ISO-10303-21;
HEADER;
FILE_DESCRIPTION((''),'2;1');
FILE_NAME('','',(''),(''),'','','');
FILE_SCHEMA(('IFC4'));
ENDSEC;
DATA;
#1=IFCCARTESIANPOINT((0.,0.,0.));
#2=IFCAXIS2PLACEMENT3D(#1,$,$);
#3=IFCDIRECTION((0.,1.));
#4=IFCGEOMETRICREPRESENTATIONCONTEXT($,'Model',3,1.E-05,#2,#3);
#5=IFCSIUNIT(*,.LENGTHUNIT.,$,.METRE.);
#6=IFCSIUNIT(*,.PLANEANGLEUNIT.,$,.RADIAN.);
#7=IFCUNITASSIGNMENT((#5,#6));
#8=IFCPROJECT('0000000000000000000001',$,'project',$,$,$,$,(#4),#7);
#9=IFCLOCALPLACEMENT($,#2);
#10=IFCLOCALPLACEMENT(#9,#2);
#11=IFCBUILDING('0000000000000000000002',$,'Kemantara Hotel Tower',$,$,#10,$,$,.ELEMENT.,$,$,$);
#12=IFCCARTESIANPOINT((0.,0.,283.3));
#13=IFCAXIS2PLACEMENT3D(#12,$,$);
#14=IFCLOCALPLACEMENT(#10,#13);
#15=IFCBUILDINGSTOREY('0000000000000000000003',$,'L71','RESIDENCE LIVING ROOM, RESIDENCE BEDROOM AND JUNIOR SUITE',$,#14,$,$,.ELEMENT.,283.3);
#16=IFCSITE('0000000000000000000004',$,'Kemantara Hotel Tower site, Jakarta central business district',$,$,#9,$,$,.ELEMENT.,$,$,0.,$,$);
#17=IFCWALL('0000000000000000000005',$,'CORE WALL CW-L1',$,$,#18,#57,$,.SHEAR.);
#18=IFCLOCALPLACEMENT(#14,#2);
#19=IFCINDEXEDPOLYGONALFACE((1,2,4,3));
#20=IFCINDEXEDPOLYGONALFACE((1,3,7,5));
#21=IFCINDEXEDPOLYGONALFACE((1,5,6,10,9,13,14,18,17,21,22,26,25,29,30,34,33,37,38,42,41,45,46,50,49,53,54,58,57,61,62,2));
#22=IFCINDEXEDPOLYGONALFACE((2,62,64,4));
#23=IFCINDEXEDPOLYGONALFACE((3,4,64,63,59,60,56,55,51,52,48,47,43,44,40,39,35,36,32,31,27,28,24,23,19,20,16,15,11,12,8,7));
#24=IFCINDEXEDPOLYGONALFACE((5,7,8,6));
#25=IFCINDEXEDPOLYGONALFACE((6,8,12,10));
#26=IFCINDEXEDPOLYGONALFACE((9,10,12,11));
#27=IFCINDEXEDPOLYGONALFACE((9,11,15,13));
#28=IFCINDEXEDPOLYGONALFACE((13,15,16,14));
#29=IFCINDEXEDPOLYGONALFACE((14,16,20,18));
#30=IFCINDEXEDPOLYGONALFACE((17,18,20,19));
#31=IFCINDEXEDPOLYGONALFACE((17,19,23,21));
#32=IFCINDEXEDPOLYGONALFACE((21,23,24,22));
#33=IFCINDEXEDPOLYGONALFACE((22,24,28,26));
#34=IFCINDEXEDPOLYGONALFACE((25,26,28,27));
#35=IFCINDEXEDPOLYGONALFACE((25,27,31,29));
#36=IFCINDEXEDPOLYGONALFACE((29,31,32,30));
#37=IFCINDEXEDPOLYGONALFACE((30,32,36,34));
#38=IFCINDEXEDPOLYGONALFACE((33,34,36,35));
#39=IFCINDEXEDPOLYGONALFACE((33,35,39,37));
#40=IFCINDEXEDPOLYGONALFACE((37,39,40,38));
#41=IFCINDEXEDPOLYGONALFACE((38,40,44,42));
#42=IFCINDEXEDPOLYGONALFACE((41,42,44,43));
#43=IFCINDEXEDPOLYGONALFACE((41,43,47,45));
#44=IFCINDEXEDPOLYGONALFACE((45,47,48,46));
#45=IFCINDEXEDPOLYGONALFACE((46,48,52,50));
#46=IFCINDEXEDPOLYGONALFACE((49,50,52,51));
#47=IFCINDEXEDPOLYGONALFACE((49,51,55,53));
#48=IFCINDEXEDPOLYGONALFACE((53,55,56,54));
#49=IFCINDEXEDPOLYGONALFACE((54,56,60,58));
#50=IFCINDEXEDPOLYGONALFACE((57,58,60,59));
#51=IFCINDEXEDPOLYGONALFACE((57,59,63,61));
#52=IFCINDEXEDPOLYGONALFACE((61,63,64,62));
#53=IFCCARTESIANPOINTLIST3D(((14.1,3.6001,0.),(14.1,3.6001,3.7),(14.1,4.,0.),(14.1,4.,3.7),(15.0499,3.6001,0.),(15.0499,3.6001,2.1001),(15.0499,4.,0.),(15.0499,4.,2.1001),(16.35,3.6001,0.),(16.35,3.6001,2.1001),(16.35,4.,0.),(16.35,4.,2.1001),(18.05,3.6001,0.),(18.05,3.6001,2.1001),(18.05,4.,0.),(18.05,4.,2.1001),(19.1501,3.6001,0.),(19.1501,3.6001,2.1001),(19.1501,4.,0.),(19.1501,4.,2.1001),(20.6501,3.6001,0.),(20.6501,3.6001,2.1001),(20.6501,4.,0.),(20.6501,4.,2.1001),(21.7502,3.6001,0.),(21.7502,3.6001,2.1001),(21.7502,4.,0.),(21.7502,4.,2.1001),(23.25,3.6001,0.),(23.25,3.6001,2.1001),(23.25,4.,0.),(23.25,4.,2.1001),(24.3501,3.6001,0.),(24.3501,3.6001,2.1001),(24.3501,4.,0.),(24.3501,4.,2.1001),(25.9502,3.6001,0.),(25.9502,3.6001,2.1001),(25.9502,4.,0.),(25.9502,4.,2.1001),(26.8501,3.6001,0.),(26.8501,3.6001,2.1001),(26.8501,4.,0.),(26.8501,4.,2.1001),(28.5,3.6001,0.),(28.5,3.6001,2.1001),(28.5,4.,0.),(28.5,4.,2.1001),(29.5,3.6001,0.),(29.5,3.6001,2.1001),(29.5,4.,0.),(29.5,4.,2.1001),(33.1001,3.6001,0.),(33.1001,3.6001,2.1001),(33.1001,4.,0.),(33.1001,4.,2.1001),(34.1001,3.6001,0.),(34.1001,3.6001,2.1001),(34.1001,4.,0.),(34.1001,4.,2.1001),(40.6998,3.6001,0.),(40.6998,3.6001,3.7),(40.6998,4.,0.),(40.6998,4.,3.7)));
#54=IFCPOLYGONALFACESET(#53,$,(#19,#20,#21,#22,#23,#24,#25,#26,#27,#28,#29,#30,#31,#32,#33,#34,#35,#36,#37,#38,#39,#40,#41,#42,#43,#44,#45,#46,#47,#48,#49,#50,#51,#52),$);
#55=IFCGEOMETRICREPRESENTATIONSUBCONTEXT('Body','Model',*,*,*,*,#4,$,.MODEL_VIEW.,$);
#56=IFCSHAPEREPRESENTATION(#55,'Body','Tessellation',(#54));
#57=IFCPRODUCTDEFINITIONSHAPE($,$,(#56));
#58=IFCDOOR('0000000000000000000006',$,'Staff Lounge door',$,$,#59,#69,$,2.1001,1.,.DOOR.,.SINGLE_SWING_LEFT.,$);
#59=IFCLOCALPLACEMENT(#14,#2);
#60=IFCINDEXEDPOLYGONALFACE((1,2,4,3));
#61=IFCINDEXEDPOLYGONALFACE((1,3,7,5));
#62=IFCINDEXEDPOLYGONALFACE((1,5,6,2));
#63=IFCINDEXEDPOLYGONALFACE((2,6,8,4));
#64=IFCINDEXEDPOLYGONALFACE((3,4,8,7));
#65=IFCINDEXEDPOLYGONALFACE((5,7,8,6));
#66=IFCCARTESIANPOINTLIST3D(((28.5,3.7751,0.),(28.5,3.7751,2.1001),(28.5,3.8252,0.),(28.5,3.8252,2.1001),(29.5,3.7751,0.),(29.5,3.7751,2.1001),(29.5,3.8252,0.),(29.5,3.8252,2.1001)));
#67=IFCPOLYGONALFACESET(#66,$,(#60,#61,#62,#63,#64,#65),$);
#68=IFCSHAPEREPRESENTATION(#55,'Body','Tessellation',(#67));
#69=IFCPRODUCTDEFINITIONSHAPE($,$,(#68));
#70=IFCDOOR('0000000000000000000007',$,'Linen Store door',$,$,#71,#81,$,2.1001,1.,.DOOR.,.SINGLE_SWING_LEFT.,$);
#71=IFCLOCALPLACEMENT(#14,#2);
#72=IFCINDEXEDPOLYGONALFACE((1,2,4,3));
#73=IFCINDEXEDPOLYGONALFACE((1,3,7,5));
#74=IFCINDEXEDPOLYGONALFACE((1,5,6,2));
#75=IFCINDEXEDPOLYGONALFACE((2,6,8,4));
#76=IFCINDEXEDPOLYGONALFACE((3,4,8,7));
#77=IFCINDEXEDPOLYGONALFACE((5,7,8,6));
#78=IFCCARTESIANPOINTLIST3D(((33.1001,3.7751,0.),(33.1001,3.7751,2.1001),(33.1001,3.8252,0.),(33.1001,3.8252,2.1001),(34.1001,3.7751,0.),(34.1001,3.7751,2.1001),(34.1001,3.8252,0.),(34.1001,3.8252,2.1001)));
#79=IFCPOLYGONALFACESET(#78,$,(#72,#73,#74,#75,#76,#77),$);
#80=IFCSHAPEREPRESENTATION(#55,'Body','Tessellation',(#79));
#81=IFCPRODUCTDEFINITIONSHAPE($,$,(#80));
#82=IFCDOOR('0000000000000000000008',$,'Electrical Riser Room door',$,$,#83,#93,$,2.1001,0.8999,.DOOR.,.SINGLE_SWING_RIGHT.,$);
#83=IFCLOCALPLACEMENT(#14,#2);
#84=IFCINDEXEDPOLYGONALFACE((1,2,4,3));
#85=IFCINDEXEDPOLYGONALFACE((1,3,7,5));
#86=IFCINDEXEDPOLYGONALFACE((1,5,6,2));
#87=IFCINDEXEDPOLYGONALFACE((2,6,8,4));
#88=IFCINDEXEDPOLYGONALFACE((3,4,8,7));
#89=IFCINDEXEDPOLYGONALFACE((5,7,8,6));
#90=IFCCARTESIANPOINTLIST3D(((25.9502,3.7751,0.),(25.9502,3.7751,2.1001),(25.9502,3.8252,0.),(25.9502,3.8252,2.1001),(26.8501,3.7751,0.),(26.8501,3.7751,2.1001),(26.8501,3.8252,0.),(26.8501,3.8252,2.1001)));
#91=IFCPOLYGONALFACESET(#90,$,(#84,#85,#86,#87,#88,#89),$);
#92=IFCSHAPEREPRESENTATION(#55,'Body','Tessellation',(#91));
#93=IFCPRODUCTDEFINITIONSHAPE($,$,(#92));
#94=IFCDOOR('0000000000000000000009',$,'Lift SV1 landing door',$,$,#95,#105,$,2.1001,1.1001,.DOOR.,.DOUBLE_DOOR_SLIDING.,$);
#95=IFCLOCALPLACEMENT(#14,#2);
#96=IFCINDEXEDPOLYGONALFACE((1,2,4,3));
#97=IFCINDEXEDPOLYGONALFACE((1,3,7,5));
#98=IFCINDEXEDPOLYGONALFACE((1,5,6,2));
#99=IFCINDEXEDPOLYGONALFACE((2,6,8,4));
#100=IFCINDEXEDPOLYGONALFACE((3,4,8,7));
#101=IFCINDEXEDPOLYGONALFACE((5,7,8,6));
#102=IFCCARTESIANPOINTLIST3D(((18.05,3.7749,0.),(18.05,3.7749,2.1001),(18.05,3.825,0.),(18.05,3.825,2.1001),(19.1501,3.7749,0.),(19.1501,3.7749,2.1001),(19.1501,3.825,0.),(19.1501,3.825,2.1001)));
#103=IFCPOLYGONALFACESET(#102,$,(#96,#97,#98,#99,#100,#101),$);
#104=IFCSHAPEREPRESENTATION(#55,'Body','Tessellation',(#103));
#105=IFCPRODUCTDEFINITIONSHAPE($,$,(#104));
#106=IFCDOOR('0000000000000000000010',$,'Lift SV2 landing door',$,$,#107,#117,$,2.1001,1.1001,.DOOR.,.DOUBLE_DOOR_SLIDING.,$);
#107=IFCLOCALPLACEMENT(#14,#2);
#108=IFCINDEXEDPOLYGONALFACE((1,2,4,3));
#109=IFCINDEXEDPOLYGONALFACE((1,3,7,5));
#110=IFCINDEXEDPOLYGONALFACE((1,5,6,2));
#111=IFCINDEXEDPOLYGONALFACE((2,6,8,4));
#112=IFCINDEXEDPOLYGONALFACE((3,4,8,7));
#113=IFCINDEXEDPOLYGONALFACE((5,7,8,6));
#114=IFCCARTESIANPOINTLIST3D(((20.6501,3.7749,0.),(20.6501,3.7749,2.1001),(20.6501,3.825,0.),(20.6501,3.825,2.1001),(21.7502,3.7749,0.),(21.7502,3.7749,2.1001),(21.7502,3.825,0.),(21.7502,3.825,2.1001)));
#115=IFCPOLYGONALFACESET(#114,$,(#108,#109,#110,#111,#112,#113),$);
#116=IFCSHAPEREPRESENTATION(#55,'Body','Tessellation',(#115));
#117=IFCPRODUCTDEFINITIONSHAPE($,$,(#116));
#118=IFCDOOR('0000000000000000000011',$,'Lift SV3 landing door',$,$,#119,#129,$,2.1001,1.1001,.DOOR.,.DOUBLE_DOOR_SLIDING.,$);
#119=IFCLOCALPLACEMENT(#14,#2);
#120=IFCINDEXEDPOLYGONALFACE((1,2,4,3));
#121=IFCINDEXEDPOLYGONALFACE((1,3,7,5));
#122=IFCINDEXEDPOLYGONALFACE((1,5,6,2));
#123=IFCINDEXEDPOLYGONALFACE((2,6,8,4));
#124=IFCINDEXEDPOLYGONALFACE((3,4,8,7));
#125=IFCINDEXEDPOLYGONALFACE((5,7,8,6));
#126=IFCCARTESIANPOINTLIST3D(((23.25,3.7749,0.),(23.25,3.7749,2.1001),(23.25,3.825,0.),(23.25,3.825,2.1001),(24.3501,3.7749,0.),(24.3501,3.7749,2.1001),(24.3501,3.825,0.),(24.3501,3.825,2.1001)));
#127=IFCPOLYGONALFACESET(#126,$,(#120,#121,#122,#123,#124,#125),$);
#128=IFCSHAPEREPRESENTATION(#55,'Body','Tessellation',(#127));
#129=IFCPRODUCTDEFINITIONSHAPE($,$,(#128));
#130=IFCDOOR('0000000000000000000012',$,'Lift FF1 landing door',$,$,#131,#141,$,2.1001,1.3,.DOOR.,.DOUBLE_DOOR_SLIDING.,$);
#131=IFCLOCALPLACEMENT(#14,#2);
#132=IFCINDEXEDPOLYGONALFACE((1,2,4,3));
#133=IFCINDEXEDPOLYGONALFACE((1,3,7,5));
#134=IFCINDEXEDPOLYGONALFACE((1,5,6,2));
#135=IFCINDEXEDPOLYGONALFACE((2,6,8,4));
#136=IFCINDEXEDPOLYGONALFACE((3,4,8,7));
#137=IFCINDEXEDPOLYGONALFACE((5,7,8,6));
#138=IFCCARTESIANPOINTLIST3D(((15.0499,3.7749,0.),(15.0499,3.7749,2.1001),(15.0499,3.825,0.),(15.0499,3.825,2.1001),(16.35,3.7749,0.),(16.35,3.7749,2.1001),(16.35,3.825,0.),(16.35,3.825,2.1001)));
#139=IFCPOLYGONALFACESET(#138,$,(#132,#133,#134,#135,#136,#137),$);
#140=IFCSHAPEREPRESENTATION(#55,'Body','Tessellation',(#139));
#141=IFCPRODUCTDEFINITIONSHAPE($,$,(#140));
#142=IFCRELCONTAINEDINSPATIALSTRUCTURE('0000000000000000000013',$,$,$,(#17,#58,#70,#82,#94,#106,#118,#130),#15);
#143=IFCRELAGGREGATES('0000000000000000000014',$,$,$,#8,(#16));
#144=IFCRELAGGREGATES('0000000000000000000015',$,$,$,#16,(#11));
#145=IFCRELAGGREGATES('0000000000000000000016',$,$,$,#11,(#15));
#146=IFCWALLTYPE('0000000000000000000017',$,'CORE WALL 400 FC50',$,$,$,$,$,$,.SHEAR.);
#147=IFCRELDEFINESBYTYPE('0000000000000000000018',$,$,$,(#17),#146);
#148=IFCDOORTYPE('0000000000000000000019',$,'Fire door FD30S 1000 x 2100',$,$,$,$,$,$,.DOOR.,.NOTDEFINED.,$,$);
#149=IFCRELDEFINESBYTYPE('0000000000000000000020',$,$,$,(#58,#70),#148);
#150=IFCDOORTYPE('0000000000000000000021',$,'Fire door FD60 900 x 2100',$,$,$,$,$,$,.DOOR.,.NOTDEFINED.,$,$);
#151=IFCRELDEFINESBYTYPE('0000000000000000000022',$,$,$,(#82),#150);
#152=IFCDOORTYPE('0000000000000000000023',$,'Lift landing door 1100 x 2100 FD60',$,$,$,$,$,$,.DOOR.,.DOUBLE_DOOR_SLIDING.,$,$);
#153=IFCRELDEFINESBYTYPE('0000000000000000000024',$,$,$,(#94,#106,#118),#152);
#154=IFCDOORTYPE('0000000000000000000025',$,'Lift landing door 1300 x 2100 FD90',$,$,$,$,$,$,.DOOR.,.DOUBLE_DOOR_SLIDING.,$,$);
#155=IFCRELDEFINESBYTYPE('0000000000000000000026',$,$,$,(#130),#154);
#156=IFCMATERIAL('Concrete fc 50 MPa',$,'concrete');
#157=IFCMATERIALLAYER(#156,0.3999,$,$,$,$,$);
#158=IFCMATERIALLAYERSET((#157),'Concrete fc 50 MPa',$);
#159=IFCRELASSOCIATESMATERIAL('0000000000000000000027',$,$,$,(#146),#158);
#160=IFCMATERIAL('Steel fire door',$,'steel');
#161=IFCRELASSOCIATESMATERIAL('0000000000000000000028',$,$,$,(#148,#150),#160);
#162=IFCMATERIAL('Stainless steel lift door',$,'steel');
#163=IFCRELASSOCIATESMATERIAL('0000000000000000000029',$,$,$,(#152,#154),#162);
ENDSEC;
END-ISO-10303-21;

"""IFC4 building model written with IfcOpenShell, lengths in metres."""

from ifc_helpers import new_model, si_unit, direction, frame, frame_2d, origin, place, context, subcontext, project, spatial, rectangle, extrude, material, layer, layer_set, type_object, element, fill, save


model = new_model("IFC4")

# Units and contexts
model_context = context("Model", 3, precision=1e-05, world=origin(), true_north=direction((0.0, 1.0)))
body_context = subcontext(model_context, "Body", "Model", "MODEL_VIEW")
ifc_project = project(units=[si_unit("LENGTHUNIT", "METRE"), si_unit("PLANEANGLEUNIT", "RADIAN")], contexts=[model_context])

# Site, building, storey
site_placement = place(None, origin())
site = spatial("IfcSite", under=ifc_project, at=site_placement, Name="Kemantara Hotel Tower site, Jakarta central business district", CompositionType="ELEMENT", RefElevation=0.0)
building_placement = place(site_placement, origin())
building = spatial("IfcBuilding", under=site, at=building_placement, Name="Kemantara Hotel Tower", CompositionType="ELEMENT")
storey_placement = place(building_placement, frame((0.0, 0.0, 283.3)))
storey = spatial("IfcBuildingStorey", under=building, at=storey_placement, Name="L71", Description="RESIDENCE LIVING ROOM, RESIDENCE BEDROOM AND JUNIOR SUITE", CompositionType="ELEMENT", Elevation=283.3)

# Shared definitions
ifc_material_1 = material(Name="Concrete fc 50 MPa", Category="concrete")

# Wall, openings, doors
ifc_layer_1 = layer(ifc_material_1, 0.3999)
ifc_layer_set_1 = layer_set([ifc_layer_1], Name="Concrete fc 50 MPa")
wall_type_1 = type_object("IfcWallType", Name="CORE WALL 400 FC50", PredefinedType="SHEAR", material=ifc_layer_set_1)
ifc_material_2 = material(Name="Steel fire door", Category="steel")
door_type_1 = type_object("IfcDoorType", Name="Fire door FD30S 1000 x 2100", OperationType="NOTDEFINED", PredefinedType="DOOR", material=ifc_material_2)
wall_1_placement = place(storey_placement, frame((14.1001, 3.8, 0.0), z_axis=(0.0, 0.0, 1.0), x_axis=(1.0, 0.0, 0.0)))
wall_1 = element("IfcWall", 1, at=wall_1_placement, inside=storey, type_object=wall_type_1, Name="CORE WALL CW-L1", PredefinedType="SHEAR", context=body_context, shape_type="SweptSolid", body=[
    extrude(rectangle(XDim=26.5999, YDim=0.3999, at=frame_2d((13.2998, 0.0))), origin(), (0.0, 0.0, 1.0), 3.7),
])
opening_1_placement = place(wall_1_placement, frame((0.95, 0.0, 0.0)))
opening_1 = element("IfcOpeningElement", 2, at=opening_1_placement, cuts=wall_1, PredefinedType="OPENING", context=body_context, shape_type="SweptSolid", body=[
    extrude(rectangle(XDim=1.3, YDim=2.1001, at=frame_2d((0.6499, 1.05))), frame((0.0, 0.21, 0.0), z_axis=(0.0, -1.0, 0.0), x_axis=(1.0, 0.0, 0.0)), (0.0, 0.0, 1.0), 0.4199),
])
opening_2_placement = place(wall_1_placement, frame((3.95, 0.0, 0.0)))
opening_2 = element("IfcOpeningElement", 3, at=opening_2_placement, cuts=wall_1, PredefinedType="OPENING", context=body_context, shape_type="SweptSolid", body=[
    extrude(rectangle(XDim=1.1001, YDim=2.1001, at=frame_2d((0.55, 1.05))), frame((0.0, 0.21, 0.0), z_axis=(0.0, -1.0, 0.0), x_axis=(1.0, 0.0, 0.0)), (0.0, 0.0, 1.0), 0.4199),
])
opening_3_placement = place(wall_1_placement, frame((6.55, 0.0, 0.0)))
opening_3 = element("IfcOpeningElement", 4, at=opening_3_placement, cuts=wall_1, PredefinedType="OPENING", context=body_context, shape_type="SweptSolid", body=[
    extrude(rectangle(XDim=1.1001, YDim=2.1001, at=frame_2d((0.55, 1.05))), frame((0.0, 0.21, 0.0), z_axis=(0.0, -1.0, 0.0), x_axis=(1.0, 0.0, 0.0)), (0.0, 0.0, 1.0), 0.4199),
])
opening_4_placement = place(wall_1_placement, frame((9.1499, 0.0, 0.0)))
opening_4 = element("IfcOpeningElement", 5, at=opening_4_placement, cuts=wall_1, PredefinedType="OPENING", context=body_context, shape_type="SweptSolid", body=[
    extrude(rectangle(XDim=1.1001, YDim=2.1001, at=frame_2d((0.55, 1.05))), frame((0.0, 0.21, 0.0), z_axis=(0.0, -1.0, 0.0), x_axis=(1.0, 0.0, 0.0)), (0.0, 0.0, 1.0), 0.4199),
])
opening_5_placement = place(wall_1_placement, frame((11.8501, 0.0, 0.0)))
opening_5 = element("IfcOpeningElement", 6, at=opening_5_placement, cuts=wall_1, PredefinedType="OPENING", context=body_context, shape_type="SweptSolid", body=[
    extrude(rectangle(XDim=0.8999, YDim=2.1001, at=frame_2d((0.45, 1.05))), frame((0.0, 0.21, 0.0), z_axis=(0.0, -1.0, 0.0), x_axis=(1.0, 0.0, 0.0)), (0.0, 0.0, 1.0), 0.4199),
])
opening_6_placement = place(wall_1_placement, frame((14.3999, 0.0, 0.0)))
opening_6 = element("IfcOpeningElement", 7, at=opening_6_placement, cuts=wall_1, PredefinedType="OPENING", context=body_context, shape_type="SweptSolid", body=[
    extrude(rectangle(XDim=1.0, YDim=2.1001, at=frame_2d((0.5, 1.05))), frame((0.0, 0.21, 0.0), z_axis=(0.0, -1.0, 0.0), x_axis=(1.0, 0.0, 0.0)), (0.0, 0.0, 1.0), 0.4199),
])
opening_7_placement = place(wall_1_placement, frame((19.0, 0.0, 0.0)))
opening_7 = element("IfcOpeningElement", 8, at=opening_7_placement, cuts=wall_1, PredefinedType="OPENING", context=body_context, shape_type="SweptSolid", body=[
    extrude(rectangle(XDim=1.0, YDim=2.1001, at=frame_2d((0.5, 1.05))), frame((0.0, 0.21, 0.0), z_axis=(0.0, -1.0, 0.0), x_axis=(1.0, 0.0, 0.0)), (0.0, 0.0, 1.0), 0.4199),
])
door_1_placement = place(opening_6_placement, frame((1.0, 0.0, 0.0), z_axis=(0.0, 0.0, 1.0), x_axis=(-1.0, 0.0, 0.0)))
door_1 = element("IfcDoor", 9, at=door_1_placement, inside=storey, type_object=door_type_1, Name="Staff Lounge door", OperationType="SINGLE_SWING_LEFT", OverallHeight=2.1001, OverallWidth=1.0, PredefinedType="DOOR", context=body_context, shape_type="SweptSolid", body=[
    extrude(rectangle(XDim=1.0, YDim=2.1001, at=frame_2d((0.5, 1.05))), frame((0.0, 0.0249, 0.0), z_axis=(0.0, -1.0, 0.0), x_axis=(1.0, 0.0, 0.0)), (0.0, 0.0, 1.0), 0.05),
])
fill(opening_6, door_1)
door_2_placement = place(opening_7_placement, frame((1.0, 0.0, 0.0), z_axis=(0.0, 0.0, 1.0), x_axis=(-1.0, 0.0, 0.0)))
door_2 = element("IfcDoor", 10, at=door_2_placement, inside=storey, type_object=door_type_1, Name="Linen Store door", OperationType="SINGLE_SWING_LEFT", OverallHeight=2.1001, OverallWidth=1.0, PredefinedType="DOOR", context=body_context, shape_type="SweptSolid", body=[
    extrude(rectangle(XDim=1.0, YDim=2.1001, at=frame_2d((0.5, 1.05))), frame((0.0, 0.0249, 0.0), z_axis=(0.0, -1.0, 0.0), x_axis=(1.0, 0.0, 0.0)), (0.0, 0.0, 1.0), 0.05),
])
fill(opening_7, door_2)
door_type_2 = type_object("IfcDoorType", Name="Fire door FD60 900 x 2100", OperationType="NOTDEFINED", PredefinedType="DOOR", material=ifc_material_2)
door_3_placement = place(opening_5_placement, frame((0.8999, 0.0, 0.0), z_axis=(0.0, 0.0, 1.0), x_axis=(-1.0, 0.0, 0.0)))
door_3 = element("IfcDoor", 11, at=door_3_placement, inside=storey, type_object=door_type_2, Name="Electrical Riser Room door", OperationType="SINGLE_SWING_RIGHT", OverallHeight=2.1001, OverallWidth=0.8999, PredefinedType="DOOR", context=body_context, shape_type="SweptSolid", body=[
    extrude(rectangle(XDim=0.8999, YDim=2.1001, at=frame_2d((0.45, 1.05))), frame((0.0, 0.0249, 0.0), z_axis=(0.0, -1.0, 0.0), x_axis=(1.0, 0.0, 0.0)), (0.0, 0.0, 1.0), 0.05),
])
fill(opening_5, door_3)
ifc_material_3 = material(Name="Stainless steel lift door", Category="steel")
door_type_3 = type_object("IfcDoorType", Name="Lift landing door 1100 x 2100 FD60", OperationType="DOUBLE_DOOR_SLIDING", PredefinedType="DOOR", material=ifc_material_3)
door_4_placement = place(opening_2_placement, origin())
door_4 = element("IfcDoor", 12, at=door_4_placement, inside=storey, type_object=door_type_3, Name="Lift SV1 landing door", OperationType="DOUBLE_DOOR_SLIDING", OverallHeight=2.1001, OverallWidth=1.1001, PredefinedType="DOOR", context=body_context, shape_type="SweptSolid", body=[
    extrude(rectangle(XDim=1.1001, YDim=2.1001, at=frame_2d((0.55, 1.05))), frame((0.0, 0.0249, 0.0), z_axis=(0.0, -1.0, 0.0), x_axis=(1.0, 0.0, 0.0)), (0.0, 0.0, 1.0), 0.05),
])
fill(opening_2, door_4)
door_5_placement = place(opening_3_placement, origin())
door_5 = element("IfcDoor", 13, at=door_5_placement, inside=storey, type_object=door_type_3, Name="Lift SV2 landing door", OperationType="DOUBLE_DOOR_SLIDING", OverallHeight=2.1001, OverallWidth=1.1001, PredefinedType="DOOR", context=body_context, shape_type="SweptSolid", body=[
    extrude(rectangle(XDim=1.1001, YDim=2.1001, at=frame_2d((0.55, 1.05))), frame((0.0, 0.0249, 0.0), z_axis=(0.0, -1.0, 0.0), x_axis=(1.0, 0.0, 0.0)), (0.0, 0.0, 1.0), 0.05),
])
fill(opening_3, door_5)
door_6_placement = place(opening_4_placement, origin())
door_6 = element("IfcDoor", 14, at=door_6_placement, inside=storey, type_object=door_type_3, Name="Lift SV3 landing door", OperationType="DOUBLE_DOOR_SLIDING", OverallHeight=2.1001, OverallWidth=1.1001, PredefinedType="DOOR", context=body_context, shape_type="SweptSolid", body=[
    extrude(rectangle(XDim=1.1001, YDim=2.1001, at=frame_2d((0.55, 1.05))), frame((0.0, 0.0249, 0.0), z_axis=(0.0, -1.0, 0.0), x_axis=(1.0, 0.0, 0.0)), (0.0, 0.0, 1.0), 0.05),
])
fill(opening_4, door_6)
door_type_4 = type_object("IfcDoorType", Name="Lift landing door 1300 x 2100 FD90", OperationType="DOUBLE_DOOR_SLIDING", PredefinedType="DOOR", material=ifc_material_3)
door_7_placement = place(opening_1_placement, origin())
door_7 = element("IfcDoor", 15, at=door_7_placement, inside=storey, type_object=door_type_4, Name="Lift FF1 landing door", OperationType="DOUBLE_DOOR_SLIDING", OverallHeight=2.1001, OverallWidth=1.3, PredefinedType="DOOR", context=body_context, shape_type="SweptSolid", body=[
    extrude(rectangle(XDim=1.3, YDim=2.1001, at=frame_2d((0.6499, 1.05))), frame((0.0, 0.0249, 0.0), z_axis=(0.0, -1.0, 0.0), x_axis=(1.0, 0.0, 0.0)), (0.0, 0.0, 1.0), 0.05),
])
fill(opening_1, door_7)

save(model, "model.ifc")
